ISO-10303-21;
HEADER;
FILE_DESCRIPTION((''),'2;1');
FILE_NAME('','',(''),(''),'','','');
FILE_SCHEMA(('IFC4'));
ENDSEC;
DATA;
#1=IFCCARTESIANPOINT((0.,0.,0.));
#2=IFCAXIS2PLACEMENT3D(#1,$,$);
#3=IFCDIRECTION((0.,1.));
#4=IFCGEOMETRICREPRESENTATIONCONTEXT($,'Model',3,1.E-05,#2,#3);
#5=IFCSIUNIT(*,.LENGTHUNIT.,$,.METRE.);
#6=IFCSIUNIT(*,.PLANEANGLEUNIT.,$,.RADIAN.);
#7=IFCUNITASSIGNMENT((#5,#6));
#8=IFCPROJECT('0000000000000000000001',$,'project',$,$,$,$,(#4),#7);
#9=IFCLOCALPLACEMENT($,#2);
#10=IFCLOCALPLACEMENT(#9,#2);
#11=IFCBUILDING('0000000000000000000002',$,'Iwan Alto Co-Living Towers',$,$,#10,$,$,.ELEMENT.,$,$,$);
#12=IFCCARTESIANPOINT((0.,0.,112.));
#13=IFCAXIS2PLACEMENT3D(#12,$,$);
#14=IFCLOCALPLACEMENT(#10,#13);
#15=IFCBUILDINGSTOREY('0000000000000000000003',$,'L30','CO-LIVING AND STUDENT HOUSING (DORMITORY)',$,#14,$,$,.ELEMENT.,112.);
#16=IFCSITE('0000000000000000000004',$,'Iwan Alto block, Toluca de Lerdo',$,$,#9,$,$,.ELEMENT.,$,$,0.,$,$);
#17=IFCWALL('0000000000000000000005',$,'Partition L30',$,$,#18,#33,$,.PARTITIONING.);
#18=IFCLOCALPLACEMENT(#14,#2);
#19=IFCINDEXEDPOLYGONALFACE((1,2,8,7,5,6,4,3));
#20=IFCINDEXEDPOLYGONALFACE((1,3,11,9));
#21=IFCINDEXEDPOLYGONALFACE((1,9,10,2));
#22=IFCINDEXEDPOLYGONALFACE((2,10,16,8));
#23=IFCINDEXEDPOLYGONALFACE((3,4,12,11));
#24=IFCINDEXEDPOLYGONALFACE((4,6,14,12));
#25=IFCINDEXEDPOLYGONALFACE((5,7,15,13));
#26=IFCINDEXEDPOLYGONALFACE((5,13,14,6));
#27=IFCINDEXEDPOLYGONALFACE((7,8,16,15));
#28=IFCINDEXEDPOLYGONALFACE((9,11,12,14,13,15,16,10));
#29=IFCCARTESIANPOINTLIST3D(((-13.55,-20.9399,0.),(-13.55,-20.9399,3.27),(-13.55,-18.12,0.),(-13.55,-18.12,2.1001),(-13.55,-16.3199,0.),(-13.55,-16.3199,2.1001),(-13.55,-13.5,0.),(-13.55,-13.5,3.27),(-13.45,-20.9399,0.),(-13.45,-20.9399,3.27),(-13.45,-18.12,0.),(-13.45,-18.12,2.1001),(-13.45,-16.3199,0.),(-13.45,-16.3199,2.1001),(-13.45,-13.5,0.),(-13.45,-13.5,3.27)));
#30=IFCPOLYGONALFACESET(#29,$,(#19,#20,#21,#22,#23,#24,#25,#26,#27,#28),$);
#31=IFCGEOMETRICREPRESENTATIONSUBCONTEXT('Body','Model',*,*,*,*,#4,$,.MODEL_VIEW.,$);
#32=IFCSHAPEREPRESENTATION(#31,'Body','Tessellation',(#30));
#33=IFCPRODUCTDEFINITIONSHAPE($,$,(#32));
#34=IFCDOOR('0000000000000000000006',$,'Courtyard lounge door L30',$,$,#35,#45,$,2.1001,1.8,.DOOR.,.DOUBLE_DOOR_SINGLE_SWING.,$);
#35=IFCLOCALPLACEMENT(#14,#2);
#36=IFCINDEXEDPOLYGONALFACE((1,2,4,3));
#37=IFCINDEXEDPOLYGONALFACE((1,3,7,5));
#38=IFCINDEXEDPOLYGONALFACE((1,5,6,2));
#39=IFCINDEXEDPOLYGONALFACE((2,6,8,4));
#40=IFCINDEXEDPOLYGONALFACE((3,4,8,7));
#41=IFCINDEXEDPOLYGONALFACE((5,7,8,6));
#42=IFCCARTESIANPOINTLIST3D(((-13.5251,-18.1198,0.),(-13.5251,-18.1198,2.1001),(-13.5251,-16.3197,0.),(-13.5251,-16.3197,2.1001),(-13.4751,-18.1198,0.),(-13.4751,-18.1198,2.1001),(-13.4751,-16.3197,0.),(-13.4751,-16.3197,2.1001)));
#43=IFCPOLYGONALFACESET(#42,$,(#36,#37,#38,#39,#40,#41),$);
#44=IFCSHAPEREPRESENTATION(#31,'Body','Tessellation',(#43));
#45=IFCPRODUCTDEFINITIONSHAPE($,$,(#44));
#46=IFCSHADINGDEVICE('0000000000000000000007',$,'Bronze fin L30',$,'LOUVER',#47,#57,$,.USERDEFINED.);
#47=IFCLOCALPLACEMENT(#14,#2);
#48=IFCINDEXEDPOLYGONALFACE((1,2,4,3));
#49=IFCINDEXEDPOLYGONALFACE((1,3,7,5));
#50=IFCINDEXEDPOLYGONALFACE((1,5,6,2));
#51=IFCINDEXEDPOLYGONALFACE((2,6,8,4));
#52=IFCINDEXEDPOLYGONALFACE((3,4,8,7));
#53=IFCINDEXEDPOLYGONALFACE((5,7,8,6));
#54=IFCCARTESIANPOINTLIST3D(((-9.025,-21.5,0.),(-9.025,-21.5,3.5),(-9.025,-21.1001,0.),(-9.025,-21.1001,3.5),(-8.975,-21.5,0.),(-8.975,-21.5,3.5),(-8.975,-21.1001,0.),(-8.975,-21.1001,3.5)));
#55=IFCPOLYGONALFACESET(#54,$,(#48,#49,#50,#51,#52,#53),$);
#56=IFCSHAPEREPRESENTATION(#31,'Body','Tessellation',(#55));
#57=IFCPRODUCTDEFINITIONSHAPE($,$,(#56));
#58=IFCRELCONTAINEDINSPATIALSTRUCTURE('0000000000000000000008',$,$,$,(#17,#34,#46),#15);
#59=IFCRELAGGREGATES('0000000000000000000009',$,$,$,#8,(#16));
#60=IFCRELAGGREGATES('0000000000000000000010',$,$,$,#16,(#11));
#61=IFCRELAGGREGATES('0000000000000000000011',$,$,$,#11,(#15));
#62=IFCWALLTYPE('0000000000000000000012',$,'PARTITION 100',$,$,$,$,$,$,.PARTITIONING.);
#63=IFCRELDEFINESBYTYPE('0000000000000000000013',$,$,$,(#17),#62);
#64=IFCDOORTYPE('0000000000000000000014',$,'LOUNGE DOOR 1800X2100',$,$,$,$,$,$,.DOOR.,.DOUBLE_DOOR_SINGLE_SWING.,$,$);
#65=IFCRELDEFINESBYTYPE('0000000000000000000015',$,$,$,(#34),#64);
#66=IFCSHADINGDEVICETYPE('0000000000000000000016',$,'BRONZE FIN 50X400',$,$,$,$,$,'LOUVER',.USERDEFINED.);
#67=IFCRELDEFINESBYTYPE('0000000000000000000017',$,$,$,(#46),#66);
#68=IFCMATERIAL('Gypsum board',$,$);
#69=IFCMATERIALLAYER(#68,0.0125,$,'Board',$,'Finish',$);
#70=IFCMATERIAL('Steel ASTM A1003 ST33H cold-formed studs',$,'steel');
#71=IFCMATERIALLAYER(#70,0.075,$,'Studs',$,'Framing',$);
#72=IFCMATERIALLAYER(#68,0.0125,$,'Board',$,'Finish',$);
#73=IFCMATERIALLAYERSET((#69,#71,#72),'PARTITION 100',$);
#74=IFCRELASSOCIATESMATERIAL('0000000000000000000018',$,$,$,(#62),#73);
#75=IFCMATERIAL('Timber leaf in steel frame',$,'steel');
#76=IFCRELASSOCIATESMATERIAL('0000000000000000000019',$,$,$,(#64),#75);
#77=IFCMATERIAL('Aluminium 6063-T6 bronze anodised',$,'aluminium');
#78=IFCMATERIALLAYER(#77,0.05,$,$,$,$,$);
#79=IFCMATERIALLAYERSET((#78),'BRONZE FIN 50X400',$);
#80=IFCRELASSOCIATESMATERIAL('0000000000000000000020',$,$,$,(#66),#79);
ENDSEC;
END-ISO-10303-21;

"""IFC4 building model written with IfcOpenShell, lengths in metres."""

from ifc_helpers import new_model, si_unit, direction, frame, frame_2d, origin, origin_2d, place, context, subcontext, project, spatial, rectangle, extrude, material, layer, layer_set, type_object, element, fill, save


model = new_model("IFC4")

# Units and contexts
model_context = context("Model", 3, precision=1e-05, world=origin(), true_north=direction((0.0, 1.0)))
body_context = subcontext(model_context, "Body", "Model", "MODEL_VIEW")
ifc_project = project(units=[si_unit("LENGTHUNIT", "METRE"), si_unit("PLANEANGLEUNIT", "RADIAN")], contexts=[model_context])

# Site, building, storey
site_placement = place(None, origin())
site = spatial("IfcSite", under=ifc_project, at=site_placement, Name="Iwan Alto block, Toluca de Lerdo", CompositionType="ELEMENT", RefElevation=0.0)
building_placement = place(site_placement, origin())
building = spatial("IfcBuilding", under=site, at=building_placement, Name="Iwan Alto Co-Living Towers", CompositionType="ELEMENT")
storey_placement = place(building_placement, frame((0.0, 0.0, 112.0)))
storey = spatial("IfcBuildingStorey", under=building, at=storey_placement, Name="L30", Description="CO-LIVING AND STUDENT HOUSING (DORMITORY)", CompositionType="ELEMENT", Elevation=112.0)

# Shared definitions
ifc_material_1 = material(Name="Gypsum board")
ifc_layer_1 = layer(ifc_material_1, 0.0125, Name="Board", Category="Finish")
ifc_material_2 = material(Name="Steel ASTM A1003 ST33H cold-formed studs", Category="steel")
ifc_layer_2 = layer(ifc_material_2, 0.075, Name="Studs", Category="Framing")
ifc_layer_3 = layer(ifc_material_1, 0.0125, Name="Board", Category="Finish")
ifc_layer_set_1 = layer_set([ifc_layer_1, ifc_layer_2, ifc_layer_3], Name="PARTITION 100")
wall_type = type_object("IfcWallType", Name="PARTITION 100", PredefinedType="PARTITIONING", material=ifc_layer_set_1)

# Wall, opening, door
wall_1_placement = place(storey_placement, frame((-13.5, -20.9399, 0.0), z_axis=(0.0, 0.0, 1.0), x_axis=(0.0, 1.0, 0.0)))
wall_1 = element("IfcWall", 1, at=wall_1_placement, inside=storey, type_object=wall_type, Name="Partition L30", PredefinedType="PARTITIONING", context=body_context, shape_type="SweptSolid", body=[
    extrude(rectangle(XDim=7.4399, YDim=0.1001, at=frame_2d((3.72, 0.0))), origin(), (0.0, 0.0, 1.0), 3.27),
])
opening_1_placement = place(wall_1_placement, frame((2.8201, 0.0, 0.0)))
opening_1 = element("IfcOpeningElement", 2, at=opening_1_placement, cuts=wall_1, PredefinedType="OPENING", context=body_context, shape_type="SweptSolid", body=[
    extrude(rectangle(XDim=1.8, YDim=2.1001, at=frame_2d((0.8999, 1.05))), frame((0.0, 0.0601, 0.0), z_axis=(0.0, -1.0, 0.0), x_axis=(1.0, 0.0, 0.0)), (0.0, 0.0, 1.0), 0.1201),
])
ifc_material_3 = material(Name="Timber leaf in steel frame", Category="steel")
door_type_1 = type_object("IfcDoorType", Name="LOUNGE DOOR 1800X2100", OperationType="DOUBLE_DOOR_SINGLE_SWING", PredefinedType="DOOR", material=ifc_material_3)
door_1_placement = place(opening_1_placement, frame((1.8, 0.0, 0.0), z_axis=(0.0, 0.0, 1.0), x_axis=(-1.0, 0.0, 0.0)))
door_1 = element("IfcDoor", 3, at=door_1_placement, inside=storey, type_object=door_type_1, Name="Courtyard lounge door L30", OperationType="DOUBLE_DOOR_SINGLE_SWING", OverallHeight=2.1001, OverallWidth=1.8, PredefinedType="DOOR", context=body_context, shape_type="SweptSolid", body=[
    extrude(rectangle(XDim=1.8, YDim=2.1001, at=frame_2d((0.8999, 1.05))), frame((0.0, 0.0249, 0.0), z_axis=(0.0, -1.0, 0.0), x_axis=(1.0, 0.0, 0.0)), (0.0, 0.0, 1.0), 0.05),
])
fill(opening_1, door_1)

# Shading device
ifc_material_4 = material(Name="Aluminium 6063-T6 bronze anodised", Category="aluminium")
ifc_layer_4 = layer(ifc_material_4, 0.05)
ifc_layer_set_2 = layer_set([ifc_layer_4], Name="BRONZE FIN 50X400")
shading_device_type = type_object("IfcShadingDeviceType", Name="BRONZE FIN 50X400", ElementType="LOUVER", PredefinedType="USERDEFINED", material=ifc_layer_set_2)
shading_device_placement = place(storey_placement, frame((-9.0, -21.3, 0.0), z_axis=(0.0, 0.0, 1.0), x_axis=(1.0, 0.0, 0.0)))
element("IfcShadingDevice", 4, at=shading_device_placement, inside=storey, type_object=shading_device_type, Name="Bronze fin L30", ObjectType="LOUVER", PredefinedType="USERDEFINED", context=body_context, shape_type="SweptSolid", body=[
    extrude(rectangle(XDim=0.05, YDim=0.3999, at=origin_2d()), origin(), (0.0, 0.0, 1.0), 3.5),
])

save(model, "model.ifc")
